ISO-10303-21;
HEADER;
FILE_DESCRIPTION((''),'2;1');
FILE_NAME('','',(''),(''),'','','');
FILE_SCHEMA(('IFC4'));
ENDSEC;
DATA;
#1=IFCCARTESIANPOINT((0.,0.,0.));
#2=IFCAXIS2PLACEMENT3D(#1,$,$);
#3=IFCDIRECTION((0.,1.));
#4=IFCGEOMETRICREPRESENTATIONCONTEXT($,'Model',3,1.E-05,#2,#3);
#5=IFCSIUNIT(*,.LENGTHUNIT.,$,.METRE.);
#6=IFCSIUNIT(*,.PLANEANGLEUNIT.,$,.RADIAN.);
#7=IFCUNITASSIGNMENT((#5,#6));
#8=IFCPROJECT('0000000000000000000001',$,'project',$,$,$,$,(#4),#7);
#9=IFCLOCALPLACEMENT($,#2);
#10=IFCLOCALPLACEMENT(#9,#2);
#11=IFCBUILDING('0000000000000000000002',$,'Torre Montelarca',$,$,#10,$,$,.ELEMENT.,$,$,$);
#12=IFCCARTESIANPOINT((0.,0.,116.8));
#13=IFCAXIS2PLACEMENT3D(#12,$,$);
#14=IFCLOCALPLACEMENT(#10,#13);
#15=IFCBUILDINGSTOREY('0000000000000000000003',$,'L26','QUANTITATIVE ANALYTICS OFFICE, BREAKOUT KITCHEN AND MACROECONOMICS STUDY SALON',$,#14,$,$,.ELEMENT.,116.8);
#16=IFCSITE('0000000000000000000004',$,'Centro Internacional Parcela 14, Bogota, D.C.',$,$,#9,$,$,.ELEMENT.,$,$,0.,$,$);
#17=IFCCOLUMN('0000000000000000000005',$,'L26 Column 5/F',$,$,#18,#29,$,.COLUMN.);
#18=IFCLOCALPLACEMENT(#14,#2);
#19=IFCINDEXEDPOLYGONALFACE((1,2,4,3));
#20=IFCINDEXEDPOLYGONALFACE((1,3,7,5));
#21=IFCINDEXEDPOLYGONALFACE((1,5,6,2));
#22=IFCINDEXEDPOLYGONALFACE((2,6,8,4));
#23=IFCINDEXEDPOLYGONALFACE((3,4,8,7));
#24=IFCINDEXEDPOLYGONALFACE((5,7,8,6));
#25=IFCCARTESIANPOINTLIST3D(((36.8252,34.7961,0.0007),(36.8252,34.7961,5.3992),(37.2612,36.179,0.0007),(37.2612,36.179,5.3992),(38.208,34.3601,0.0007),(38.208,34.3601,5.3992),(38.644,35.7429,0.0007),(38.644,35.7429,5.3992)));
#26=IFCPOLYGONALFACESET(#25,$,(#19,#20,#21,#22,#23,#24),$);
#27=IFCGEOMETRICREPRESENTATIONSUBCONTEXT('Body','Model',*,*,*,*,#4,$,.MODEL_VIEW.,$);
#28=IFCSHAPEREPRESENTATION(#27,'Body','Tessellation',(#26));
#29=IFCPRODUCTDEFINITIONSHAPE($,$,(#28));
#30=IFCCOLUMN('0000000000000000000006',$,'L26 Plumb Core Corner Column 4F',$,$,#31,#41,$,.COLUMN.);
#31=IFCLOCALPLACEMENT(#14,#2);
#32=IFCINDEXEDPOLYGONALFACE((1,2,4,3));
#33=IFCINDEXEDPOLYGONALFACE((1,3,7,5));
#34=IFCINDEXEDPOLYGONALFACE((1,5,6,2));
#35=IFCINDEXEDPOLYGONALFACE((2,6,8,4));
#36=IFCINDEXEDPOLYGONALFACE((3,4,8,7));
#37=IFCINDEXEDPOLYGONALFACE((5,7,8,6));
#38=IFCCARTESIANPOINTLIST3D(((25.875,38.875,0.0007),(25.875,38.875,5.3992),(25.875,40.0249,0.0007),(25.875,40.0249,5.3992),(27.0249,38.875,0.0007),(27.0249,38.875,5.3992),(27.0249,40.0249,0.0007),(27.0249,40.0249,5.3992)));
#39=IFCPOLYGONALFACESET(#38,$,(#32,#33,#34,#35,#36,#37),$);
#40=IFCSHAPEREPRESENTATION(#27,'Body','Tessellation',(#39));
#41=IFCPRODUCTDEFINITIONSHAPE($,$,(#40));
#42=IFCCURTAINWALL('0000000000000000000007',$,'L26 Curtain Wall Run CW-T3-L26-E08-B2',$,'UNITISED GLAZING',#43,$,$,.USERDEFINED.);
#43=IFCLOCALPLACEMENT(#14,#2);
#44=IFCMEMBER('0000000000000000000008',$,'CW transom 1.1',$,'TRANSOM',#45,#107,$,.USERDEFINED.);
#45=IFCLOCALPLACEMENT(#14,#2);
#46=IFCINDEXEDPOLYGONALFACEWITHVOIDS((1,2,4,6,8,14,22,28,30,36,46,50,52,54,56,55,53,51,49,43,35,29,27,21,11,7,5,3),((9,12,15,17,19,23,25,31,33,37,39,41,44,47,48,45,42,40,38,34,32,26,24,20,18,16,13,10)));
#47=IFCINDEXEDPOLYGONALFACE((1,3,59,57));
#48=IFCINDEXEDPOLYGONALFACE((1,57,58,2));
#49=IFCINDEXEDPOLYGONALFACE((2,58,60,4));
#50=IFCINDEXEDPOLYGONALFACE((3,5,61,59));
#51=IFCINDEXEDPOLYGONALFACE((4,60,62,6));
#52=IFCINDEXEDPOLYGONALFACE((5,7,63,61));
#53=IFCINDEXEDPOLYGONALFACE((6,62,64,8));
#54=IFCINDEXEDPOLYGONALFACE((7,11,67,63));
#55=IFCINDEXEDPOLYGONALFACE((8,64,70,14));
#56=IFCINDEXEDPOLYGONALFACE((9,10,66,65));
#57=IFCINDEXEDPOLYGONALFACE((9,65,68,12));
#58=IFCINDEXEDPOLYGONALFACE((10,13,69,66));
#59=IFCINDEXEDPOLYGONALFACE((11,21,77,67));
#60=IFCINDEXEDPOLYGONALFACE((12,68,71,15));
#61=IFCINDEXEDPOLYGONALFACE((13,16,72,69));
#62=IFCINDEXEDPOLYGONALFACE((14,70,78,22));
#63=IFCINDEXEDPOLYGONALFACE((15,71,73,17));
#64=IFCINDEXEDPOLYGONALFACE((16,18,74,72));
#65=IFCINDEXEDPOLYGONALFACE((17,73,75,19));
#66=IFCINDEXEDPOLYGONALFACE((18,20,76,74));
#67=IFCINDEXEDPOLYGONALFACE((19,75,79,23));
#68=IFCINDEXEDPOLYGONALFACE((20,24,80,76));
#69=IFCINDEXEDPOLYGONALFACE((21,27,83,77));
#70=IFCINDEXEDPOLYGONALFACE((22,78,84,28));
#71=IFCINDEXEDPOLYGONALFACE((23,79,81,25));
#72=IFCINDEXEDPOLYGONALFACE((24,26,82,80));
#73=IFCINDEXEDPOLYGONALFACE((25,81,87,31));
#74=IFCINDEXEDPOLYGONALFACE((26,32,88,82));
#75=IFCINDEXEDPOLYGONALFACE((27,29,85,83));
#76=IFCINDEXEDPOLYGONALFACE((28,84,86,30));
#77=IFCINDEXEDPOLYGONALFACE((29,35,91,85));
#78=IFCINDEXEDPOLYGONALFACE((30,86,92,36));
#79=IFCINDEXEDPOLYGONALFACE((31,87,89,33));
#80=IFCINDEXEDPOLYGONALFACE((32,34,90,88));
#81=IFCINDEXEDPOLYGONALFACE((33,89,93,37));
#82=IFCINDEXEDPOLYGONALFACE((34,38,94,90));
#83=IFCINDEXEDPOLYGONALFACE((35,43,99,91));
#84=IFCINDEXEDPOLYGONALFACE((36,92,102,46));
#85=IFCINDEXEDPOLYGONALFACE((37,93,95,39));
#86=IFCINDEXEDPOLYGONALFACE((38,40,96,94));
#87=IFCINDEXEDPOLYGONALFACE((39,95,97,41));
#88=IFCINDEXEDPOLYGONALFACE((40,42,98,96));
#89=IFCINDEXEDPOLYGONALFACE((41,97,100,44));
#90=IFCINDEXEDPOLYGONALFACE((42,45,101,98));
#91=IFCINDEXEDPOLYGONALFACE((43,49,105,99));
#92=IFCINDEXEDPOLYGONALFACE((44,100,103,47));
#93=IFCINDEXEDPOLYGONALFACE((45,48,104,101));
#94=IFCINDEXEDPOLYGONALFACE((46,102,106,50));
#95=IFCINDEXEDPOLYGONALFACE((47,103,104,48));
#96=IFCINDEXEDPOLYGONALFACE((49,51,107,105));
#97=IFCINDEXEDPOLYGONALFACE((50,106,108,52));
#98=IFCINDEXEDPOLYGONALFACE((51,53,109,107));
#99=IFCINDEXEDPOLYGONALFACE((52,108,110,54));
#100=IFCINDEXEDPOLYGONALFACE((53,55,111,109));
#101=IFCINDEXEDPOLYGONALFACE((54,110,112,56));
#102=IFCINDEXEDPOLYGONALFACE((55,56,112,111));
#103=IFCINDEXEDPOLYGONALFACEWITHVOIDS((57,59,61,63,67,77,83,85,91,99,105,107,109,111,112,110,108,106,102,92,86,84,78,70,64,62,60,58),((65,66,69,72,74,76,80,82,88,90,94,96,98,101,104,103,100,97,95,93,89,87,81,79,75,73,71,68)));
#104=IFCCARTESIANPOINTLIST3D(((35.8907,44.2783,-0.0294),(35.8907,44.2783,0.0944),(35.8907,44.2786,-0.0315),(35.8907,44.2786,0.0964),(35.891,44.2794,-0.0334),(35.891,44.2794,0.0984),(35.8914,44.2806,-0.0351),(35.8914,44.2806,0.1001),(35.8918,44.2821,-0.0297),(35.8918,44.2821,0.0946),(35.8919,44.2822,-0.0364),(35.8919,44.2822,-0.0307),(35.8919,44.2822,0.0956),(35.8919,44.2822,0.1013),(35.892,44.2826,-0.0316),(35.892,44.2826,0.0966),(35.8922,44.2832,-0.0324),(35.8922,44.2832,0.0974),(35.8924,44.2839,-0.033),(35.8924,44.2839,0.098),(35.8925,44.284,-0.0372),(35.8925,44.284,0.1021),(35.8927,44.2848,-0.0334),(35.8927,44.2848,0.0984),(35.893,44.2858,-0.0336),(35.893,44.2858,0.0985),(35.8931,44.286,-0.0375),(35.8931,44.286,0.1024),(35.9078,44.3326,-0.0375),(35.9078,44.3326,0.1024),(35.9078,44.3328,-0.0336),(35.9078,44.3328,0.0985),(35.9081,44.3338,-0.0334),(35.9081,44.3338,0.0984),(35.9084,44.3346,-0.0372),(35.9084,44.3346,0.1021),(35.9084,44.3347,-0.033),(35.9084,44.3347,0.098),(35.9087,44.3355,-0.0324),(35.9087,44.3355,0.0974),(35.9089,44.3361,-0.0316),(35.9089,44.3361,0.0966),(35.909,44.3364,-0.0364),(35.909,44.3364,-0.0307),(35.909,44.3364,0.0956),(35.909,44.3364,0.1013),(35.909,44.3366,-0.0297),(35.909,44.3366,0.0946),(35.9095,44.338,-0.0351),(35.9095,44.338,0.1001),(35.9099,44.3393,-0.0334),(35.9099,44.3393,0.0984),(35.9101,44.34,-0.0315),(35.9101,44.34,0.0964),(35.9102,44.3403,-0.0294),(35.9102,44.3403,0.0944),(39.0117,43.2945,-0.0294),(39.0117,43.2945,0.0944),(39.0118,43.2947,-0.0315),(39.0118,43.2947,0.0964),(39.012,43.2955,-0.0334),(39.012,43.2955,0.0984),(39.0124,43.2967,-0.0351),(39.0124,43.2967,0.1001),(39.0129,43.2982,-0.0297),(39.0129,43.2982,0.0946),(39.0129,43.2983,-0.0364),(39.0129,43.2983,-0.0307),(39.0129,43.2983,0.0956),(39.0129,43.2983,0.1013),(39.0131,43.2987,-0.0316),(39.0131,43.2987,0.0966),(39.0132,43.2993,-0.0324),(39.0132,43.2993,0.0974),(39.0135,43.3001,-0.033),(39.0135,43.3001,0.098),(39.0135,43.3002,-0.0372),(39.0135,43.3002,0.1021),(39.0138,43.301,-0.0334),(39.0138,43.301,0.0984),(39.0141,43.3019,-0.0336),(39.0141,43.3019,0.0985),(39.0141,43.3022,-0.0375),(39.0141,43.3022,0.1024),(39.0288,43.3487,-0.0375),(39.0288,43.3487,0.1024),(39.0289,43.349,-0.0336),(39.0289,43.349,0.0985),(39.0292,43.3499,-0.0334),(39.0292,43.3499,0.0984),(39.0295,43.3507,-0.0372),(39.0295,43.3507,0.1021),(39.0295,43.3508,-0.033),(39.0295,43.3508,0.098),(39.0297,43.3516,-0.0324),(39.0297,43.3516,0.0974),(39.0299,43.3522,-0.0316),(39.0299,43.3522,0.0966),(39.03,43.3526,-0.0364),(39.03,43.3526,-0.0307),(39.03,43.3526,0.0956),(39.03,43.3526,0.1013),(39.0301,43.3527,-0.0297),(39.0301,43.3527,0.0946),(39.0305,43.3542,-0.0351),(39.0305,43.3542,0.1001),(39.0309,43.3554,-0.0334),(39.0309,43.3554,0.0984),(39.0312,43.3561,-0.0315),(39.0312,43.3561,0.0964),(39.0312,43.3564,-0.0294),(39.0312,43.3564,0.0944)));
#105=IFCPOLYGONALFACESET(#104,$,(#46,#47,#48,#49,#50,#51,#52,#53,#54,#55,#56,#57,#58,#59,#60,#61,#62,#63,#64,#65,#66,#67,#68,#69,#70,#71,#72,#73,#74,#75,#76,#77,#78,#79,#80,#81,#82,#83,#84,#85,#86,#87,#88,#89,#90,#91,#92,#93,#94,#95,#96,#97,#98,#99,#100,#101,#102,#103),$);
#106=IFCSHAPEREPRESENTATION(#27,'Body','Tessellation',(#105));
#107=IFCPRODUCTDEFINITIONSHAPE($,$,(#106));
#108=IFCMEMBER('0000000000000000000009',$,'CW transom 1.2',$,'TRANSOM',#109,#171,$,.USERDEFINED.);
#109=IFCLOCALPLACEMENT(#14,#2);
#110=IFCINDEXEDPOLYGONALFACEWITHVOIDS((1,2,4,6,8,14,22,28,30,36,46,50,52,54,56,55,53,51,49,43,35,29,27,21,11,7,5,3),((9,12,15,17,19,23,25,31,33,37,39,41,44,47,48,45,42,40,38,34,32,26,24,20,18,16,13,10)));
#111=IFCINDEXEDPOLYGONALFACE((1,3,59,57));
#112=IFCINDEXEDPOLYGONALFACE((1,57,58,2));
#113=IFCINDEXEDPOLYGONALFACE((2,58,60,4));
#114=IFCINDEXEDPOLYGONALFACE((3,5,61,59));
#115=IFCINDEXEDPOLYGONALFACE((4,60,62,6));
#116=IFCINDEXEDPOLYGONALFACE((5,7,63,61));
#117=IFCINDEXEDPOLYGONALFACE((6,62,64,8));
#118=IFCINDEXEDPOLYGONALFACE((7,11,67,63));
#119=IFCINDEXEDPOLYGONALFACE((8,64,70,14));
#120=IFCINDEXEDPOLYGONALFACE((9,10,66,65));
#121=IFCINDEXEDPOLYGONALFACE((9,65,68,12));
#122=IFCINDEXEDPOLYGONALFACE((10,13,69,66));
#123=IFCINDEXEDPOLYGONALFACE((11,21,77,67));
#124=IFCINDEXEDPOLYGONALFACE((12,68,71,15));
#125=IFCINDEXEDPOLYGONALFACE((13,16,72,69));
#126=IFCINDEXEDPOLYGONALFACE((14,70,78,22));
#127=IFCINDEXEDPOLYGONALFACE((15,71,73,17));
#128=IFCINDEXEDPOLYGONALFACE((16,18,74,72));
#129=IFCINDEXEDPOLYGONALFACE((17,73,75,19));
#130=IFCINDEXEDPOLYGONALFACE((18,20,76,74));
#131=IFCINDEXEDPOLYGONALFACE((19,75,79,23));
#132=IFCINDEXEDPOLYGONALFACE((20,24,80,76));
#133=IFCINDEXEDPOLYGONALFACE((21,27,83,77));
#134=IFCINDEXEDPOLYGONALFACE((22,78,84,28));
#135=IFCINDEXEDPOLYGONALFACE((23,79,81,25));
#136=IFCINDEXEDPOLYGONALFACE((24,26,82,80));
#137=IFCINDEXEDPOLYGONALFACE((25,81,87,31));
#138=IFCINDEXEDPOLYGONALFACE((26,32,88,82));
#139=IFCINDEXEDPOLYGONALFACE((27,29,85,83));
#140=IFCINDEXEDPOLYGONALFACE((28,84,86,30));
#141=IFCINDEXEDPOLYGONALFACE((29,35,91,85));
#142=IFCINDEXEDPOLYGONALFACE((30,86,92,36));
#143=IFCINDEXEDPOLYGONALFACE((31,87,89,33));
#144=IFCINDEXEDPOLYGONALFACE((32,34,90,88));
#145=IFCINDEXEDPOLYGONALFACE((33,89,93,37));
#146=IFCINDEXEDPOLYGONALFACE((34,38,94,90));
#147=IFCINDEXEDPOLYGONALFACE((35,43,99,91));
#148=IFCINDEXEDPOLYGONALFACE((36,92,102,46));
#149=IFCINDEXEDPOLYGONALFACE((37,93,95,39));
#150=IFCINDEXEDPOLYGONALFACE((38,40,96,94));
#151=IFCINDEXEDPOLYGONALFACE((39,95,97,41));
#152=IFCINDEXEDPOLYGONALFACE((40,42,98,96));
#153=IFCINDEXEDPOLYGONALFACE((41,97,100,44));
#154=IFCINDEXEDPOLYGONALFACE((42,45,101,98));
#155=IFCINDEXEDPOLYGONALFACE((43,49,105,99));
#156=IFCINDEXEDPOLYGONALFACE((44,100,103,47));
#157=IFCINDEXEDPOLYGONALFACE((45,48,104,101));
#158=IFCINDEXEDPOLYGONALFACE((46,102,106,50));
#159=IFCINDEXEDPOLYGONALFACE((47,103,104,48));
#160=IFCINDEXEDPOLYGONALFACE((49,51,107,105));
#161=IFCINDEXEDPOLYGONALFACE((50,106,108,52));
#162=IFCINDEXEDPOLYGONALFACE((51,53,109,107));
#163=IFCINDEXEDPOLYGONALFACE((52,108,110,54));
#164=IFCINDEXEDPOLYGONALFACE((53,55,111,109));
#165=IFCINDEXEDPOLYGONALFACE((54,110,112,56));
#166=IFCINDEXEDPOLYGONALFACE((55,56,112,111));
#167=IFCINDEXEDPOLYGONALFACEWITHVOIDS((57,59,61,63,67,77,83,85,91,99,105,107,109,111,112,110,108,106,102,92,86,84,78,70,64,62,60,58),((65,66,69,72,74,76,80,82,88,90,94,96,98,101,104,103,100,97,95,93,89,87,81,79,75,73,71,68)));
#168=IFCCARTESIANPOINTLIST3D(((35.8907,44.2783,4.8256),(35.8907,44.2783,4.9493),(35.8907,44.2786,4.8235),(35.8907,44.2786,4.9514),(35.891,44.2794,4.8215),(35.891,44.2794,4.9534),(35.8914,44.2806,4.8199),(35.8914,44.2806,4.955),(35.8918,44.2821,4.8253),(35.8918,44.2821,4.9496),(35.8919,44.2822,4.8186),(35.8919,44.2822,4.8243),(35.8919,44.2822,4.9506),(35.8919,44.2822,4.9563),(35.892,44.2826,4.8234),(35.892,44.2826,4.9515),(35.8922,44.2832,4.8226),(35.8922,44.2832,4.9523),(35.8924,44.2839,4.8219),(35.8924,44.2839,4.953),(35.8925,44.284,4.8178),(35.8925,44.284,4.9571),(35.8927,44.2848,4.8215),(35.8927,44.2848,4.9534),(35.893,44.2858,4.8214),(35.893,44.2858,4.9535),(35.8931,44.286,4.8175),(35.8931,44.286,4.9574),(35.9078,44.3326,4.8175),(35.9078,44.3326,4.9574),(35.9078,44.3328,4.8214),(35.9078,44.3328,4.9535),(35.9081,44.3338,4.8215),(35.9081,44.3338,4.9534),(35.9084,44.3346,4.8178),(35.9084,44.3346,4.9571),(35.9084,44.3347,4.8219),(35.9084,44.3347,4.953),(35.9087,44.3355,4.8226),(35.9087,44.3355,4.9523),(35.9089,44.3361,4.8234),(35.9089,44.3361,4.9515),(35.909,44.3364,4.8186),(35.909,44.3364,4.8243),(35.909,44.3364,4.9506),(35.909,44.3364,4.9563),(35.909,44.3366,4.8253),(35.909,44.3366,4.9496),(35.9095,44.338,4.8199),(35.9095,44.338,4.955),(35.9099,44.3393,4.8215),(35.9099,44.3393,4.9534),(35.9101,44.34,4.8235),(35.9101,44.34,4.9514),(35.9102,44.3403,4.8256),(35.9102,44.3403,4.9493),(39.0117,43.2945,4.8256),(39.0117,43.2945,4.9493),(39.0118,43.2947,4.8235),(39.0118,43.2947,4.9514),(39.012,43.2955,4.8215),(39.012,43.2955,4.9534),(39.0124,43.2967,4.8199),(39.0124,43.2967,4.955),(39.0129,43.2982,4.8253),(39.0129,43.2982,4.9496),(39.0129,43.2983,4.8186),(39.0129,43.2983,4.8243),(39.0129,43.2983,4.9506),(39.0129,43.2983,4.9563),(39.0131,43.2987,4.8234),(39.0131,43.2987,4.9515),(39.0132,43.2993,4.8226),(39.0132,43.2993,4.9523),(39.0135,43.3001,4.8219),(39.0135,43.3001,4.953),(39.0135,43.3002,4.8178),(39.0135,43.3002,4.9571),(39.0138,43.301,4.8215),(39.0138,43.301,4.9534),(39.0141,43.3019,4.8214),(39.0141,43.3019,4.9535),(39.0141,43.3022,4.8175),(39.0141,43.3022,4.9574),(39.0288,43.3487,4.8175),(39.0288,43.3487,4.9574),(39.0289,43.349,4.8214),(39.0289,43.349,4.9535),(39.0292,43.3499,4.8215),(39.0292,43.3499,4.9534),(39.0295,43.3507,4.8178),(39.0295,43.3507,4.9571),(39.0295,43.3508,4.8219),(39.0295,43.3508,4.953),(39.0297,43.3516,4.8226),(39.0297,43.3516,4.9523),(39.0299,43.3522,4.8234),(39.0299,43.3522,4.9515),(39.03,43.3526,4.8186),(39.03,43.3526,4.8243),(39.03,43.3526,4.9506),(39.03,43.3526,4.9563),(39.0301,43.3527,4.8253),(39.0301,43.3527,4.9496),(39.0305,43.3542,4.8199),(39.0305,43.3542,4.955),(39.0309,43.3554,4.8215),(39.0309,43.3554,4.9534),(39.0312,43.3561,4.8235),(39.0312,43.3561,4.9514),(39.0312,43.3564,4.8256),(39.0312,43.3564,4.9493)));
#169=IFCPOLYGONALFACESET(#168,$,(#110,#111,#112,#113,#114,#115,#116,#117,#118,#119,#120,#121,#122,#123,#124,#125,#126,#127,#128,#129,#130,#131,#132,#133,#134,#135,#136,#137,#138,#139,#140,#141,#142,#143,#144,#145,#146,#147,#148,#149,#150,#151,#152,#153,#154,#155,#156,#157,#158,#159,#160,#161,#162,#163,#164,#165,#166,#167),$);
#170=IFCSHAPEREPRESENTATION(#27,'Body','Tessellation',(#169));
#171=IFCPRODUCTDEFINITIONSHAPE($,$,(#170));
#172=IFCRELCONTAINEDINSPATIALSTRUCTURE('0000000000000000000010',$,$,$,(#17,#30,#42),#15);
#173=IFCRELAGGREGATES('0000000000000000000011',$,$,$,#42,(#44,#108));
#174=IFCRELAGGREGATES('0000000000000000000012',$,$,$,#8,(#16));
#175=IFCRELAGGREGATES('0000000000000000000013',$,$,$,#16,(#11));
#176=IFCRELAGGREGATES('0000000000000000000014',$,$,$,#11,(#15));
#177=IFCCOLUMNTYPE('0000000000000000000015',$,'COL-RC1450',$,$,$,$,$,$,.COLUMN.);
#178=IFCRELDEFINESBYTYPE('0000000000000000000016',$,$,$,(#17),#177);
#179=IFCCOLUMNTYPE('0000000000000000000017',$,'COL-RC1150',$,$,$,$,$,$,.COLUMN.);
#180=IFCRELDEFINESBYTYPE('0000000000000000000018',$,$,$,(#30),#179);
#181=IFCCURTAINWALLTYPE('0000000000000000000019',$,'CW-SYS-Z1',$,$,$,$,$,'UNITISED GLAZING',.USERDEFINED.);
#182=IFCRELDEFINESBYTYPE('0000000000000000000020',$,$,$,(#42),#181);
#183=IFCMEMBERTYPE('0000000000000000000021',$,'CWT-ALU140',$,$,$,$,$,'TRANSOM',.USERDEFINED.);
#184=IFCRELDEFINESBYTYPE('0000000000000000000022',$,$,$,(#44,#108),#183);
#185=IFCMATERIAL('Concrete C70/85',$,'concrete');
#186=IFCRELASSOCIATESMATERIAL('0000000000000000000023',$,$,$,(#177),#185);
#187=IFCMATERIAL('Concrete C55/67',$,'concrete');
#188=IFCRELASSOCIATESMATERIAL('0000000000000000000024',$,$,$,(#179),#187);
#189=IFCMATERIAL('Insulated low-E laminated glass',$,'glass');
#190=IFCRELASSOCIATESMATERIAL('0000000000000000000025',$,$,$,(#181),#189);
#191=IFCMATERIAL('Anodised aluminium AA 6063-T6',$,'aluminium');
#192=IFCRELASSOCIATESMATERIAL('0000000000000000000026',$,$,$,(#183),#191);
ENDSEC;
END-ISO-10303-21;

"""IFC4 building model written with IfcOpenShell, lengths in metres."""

from ifc_helpers import new_model, si_unit, direction, frame, origin, origin_2d, place, context, subcontext, project, spatial, rectangle, hollow_rectangle, extrude, source, transform, mapped, material, material_profile, profile_set, type_object, element, aggregate, save


model = new_model("IFC4")

# Units and contexts
model_context = context("Model", 3, precision=1e-05, world=origin(), true_north=direction((0.0, 1.0)))
body_context = subcontext(model_context, "Body", "Model", "MODEL_VIEW")
ifc_project = project(units=[si_unit("LENGTHUNIT", "METRE"), si_unit("PLANEANGLEUNIT", "RADIAN")], contexts=[model_context])

# Site, building, storey
site_placement = place(None, origin())
site = spatial("IfcSite", under=ifc_project, at=site_placement, Name="Centro Internacional Parcela 14, Bogota, D.C.", CompositionType="ELEMENT", RefElevation=0.0)
building_placement = place(site_placement, origin())
building = spatial("IfcBuilding", under=site, at=building_placement, Name="Torre Montelarca", CompositionType="ELEMENT")
storey_placement = place(building_placement, frame((0.0, 0.0, 116.8)))
storey = spatial("IfcBuildingStorey", under=building, at=storey_placement, Name="L26", Description="QUANTITATIVE ANALYTICS OFFICE, BREAKOUT KITCHEN AND MACROECONOMICS STUDY SALON", CompositionType="ELEMENT", Elevation=116.8)

# Columns
ifc_material_1 = material(Name="Concrete C70/85", Category="concrete")
ifc_material_profile_1 = material_profile(ifc_material_1, rectangle(XDim=1.45, YDim=1.45, at=origin_2d()), Name="RC1450X1450", Category="concrete")
ifc_profile_set_1 = profile_set([ifc_material_profile_1], Name="Concrete C70/85")
column_type_1 = type_object("IfcColumnType", Name="COL-RC1450", PredefinedType="COLUMN", material=ifc_profile_set_1)
shared_shape_1 = source(origin(), body_context, "Body", "SweptSolid", [
    extrude(rectangle(XDim=1.45, YDim=1.45, at=origin_2d()), origin(), (0.0, 0.0, 1.0), 5.3984),
])
column_1_placement = place(storey_placement, frame((37.7346, 35.2695, 0.0007), z_axis=(0.0, 0.0, 1.0), x_axis=(-0.953717, 0.300706, 0.0)))
element("IfcColumn", 1, at=column_1_placement, inside=storey, type_object=column_type_1, Name="L26 Column 5/F", PredefinedType="COLUMN", context=body_context, shape_type="MappedRepresentation", body=[
    mapped(shared_shape_1, transform((0.0, 0.0, 0.0), scale=1.0)),
])
ifc_material_2 = material(Name="Concrete C55/67", Category="concrete")
ifc_material_profile_2 = material_profile(ifc_material_2, rectangle(XDim=1.1499, YDim=1.1499, at=origin_2d()), Name="RC1150X1150", Category="concrete")
ifc_profile_set_2 = profile_set([ifc_material_profile_2], Name="Concrete C55/67")
column_type_2 = type_object("IfcColumnType", Name="COL-RC1150", PredefinedType="COLUMN", material=ifc_profile_set_2)
shared_shape_2 = source(origin(), body_context, "Body", "SweptSolid", [
    extrude(rectangle(XDim=1.1499, YDim=1.1499, at=origin_2d()), origin(), (0.0, 0.0, 1.0), 5.3984),
])
column_2_placement = place(storey_placement, frame((26.45, 39.45, 0.0007), z_axis=(0.0, 0.0, 1.0), x_axis=(1.0, 0.0, 0.0)))
element("IfcColumn", 2, at=column_2_placement, inside=storey, type_object=column_type_2, Name="L26 Plumb Core Corner Column 4F", PredefinedType="COLUMN", context=body_context, shape_type="MappedRepresentation", body=[
    mapped(shared_shape_2, transform((0.0, 0.0, 0.0), scale=1.0)),
])

# Curtain wall, members
ifc_material_3 = material(Name="Insulated low-E laminated glass", Category="glass")
curtain_wall_type = type_object("IfcCurtainWallType", Name="CW-SYS-Z1", ElementType="UNITISED GLAZING", PredefinedType="USERDEFINED", material=ifc_material_3)
curtain_wall_placement = place(storey_placement, origin())
curtain_wall = element("IfcCurtainWall", 3, at=curtain_wall_placement, inside=storey, type_object=curtain_wall_type, Name="L26 Curtain Wall Run CW-T3-L26-E08-B2", ObjectType="UNITISED GLAZING", PredefinedType="USERDEFINED")
ifc_material_4 = material(Name="Anodised aluminium AA 6063-T6", Category="aluminium")
ifc_material_profile_3 = material_profile(ifc_material_4, hollow_rectangle(XDim=0.0649, YDim=0.1399, WallThickness=0.0039, InnerFilletRadius=0.0039, OuterFilletRadius=0.0081, at=origin_2d()), Name="ALU65X140X4", Category="aluminium")
ifc_profile_set_3 = profile_set([ifc_material_profile_3], Name="Anodised aluminium AA 6063-T6")
member_type_1 = type_object("IfcMemberType", Name="CWT-ALU140", ElementType="TRANSOM", PredefinedType="USERDEFINED", material=ifc_profile_set_3)
shared_shape_3 = source(origin(), body_context, "Body", "SweptSolid", [
    extrude(hollow_rectangle(XDim=0.0649, YDim=0.1399, WallThickness=0.0039, InnerFilletRadius=0.0039, OuterFilletRadius=0.0081, at=origin_2d()), origin(), (0.0, 0.0, 1.0), 3.2725),
])
member_1_placement = place(storey_placement, frame((39.0215, 43.3254, 0.0325), z_axis=(-0.953734, 0.300653, 0.0), x_axis=(-0.300653, -0.953734, 0.0)))
member_1 = element("IfcMember", 4, at=member_1_placement, type_object=member_type_1, Name="CW transom 1.1", ObjectType="TRANSOM", PredefinedType="USERDEFINED", context=body_context, shape_type="MappedRepresentation", body=[
    mapped(shared_shape_3, transform((0.0, 0.0, 0.0), scale=1.0)),
])
member_2_placement = place(storey_placement, frame((39.0215, 43.3254, 4.8875), z_axis=(-0.953734, 0.300653, 0.0), x_axis=(-0.300653, -0.953734, 0.0)))
member_2 = element("IfcMember", 5, at=member_2_placement, type_object=member_type_1, Name="CW transom 1.2", ObjectType="TRANSOM", PredefinedType="USERDEFINED", context=body_context, shape_type="MappedRepresentation", body=[
    mapped(shared_shape_3, transform((0.0, 0.0, 0.0), scale=1.0)),
])
aggregate(curtain_wall, [member_1, member_2])

save(model, "model.ifc")
